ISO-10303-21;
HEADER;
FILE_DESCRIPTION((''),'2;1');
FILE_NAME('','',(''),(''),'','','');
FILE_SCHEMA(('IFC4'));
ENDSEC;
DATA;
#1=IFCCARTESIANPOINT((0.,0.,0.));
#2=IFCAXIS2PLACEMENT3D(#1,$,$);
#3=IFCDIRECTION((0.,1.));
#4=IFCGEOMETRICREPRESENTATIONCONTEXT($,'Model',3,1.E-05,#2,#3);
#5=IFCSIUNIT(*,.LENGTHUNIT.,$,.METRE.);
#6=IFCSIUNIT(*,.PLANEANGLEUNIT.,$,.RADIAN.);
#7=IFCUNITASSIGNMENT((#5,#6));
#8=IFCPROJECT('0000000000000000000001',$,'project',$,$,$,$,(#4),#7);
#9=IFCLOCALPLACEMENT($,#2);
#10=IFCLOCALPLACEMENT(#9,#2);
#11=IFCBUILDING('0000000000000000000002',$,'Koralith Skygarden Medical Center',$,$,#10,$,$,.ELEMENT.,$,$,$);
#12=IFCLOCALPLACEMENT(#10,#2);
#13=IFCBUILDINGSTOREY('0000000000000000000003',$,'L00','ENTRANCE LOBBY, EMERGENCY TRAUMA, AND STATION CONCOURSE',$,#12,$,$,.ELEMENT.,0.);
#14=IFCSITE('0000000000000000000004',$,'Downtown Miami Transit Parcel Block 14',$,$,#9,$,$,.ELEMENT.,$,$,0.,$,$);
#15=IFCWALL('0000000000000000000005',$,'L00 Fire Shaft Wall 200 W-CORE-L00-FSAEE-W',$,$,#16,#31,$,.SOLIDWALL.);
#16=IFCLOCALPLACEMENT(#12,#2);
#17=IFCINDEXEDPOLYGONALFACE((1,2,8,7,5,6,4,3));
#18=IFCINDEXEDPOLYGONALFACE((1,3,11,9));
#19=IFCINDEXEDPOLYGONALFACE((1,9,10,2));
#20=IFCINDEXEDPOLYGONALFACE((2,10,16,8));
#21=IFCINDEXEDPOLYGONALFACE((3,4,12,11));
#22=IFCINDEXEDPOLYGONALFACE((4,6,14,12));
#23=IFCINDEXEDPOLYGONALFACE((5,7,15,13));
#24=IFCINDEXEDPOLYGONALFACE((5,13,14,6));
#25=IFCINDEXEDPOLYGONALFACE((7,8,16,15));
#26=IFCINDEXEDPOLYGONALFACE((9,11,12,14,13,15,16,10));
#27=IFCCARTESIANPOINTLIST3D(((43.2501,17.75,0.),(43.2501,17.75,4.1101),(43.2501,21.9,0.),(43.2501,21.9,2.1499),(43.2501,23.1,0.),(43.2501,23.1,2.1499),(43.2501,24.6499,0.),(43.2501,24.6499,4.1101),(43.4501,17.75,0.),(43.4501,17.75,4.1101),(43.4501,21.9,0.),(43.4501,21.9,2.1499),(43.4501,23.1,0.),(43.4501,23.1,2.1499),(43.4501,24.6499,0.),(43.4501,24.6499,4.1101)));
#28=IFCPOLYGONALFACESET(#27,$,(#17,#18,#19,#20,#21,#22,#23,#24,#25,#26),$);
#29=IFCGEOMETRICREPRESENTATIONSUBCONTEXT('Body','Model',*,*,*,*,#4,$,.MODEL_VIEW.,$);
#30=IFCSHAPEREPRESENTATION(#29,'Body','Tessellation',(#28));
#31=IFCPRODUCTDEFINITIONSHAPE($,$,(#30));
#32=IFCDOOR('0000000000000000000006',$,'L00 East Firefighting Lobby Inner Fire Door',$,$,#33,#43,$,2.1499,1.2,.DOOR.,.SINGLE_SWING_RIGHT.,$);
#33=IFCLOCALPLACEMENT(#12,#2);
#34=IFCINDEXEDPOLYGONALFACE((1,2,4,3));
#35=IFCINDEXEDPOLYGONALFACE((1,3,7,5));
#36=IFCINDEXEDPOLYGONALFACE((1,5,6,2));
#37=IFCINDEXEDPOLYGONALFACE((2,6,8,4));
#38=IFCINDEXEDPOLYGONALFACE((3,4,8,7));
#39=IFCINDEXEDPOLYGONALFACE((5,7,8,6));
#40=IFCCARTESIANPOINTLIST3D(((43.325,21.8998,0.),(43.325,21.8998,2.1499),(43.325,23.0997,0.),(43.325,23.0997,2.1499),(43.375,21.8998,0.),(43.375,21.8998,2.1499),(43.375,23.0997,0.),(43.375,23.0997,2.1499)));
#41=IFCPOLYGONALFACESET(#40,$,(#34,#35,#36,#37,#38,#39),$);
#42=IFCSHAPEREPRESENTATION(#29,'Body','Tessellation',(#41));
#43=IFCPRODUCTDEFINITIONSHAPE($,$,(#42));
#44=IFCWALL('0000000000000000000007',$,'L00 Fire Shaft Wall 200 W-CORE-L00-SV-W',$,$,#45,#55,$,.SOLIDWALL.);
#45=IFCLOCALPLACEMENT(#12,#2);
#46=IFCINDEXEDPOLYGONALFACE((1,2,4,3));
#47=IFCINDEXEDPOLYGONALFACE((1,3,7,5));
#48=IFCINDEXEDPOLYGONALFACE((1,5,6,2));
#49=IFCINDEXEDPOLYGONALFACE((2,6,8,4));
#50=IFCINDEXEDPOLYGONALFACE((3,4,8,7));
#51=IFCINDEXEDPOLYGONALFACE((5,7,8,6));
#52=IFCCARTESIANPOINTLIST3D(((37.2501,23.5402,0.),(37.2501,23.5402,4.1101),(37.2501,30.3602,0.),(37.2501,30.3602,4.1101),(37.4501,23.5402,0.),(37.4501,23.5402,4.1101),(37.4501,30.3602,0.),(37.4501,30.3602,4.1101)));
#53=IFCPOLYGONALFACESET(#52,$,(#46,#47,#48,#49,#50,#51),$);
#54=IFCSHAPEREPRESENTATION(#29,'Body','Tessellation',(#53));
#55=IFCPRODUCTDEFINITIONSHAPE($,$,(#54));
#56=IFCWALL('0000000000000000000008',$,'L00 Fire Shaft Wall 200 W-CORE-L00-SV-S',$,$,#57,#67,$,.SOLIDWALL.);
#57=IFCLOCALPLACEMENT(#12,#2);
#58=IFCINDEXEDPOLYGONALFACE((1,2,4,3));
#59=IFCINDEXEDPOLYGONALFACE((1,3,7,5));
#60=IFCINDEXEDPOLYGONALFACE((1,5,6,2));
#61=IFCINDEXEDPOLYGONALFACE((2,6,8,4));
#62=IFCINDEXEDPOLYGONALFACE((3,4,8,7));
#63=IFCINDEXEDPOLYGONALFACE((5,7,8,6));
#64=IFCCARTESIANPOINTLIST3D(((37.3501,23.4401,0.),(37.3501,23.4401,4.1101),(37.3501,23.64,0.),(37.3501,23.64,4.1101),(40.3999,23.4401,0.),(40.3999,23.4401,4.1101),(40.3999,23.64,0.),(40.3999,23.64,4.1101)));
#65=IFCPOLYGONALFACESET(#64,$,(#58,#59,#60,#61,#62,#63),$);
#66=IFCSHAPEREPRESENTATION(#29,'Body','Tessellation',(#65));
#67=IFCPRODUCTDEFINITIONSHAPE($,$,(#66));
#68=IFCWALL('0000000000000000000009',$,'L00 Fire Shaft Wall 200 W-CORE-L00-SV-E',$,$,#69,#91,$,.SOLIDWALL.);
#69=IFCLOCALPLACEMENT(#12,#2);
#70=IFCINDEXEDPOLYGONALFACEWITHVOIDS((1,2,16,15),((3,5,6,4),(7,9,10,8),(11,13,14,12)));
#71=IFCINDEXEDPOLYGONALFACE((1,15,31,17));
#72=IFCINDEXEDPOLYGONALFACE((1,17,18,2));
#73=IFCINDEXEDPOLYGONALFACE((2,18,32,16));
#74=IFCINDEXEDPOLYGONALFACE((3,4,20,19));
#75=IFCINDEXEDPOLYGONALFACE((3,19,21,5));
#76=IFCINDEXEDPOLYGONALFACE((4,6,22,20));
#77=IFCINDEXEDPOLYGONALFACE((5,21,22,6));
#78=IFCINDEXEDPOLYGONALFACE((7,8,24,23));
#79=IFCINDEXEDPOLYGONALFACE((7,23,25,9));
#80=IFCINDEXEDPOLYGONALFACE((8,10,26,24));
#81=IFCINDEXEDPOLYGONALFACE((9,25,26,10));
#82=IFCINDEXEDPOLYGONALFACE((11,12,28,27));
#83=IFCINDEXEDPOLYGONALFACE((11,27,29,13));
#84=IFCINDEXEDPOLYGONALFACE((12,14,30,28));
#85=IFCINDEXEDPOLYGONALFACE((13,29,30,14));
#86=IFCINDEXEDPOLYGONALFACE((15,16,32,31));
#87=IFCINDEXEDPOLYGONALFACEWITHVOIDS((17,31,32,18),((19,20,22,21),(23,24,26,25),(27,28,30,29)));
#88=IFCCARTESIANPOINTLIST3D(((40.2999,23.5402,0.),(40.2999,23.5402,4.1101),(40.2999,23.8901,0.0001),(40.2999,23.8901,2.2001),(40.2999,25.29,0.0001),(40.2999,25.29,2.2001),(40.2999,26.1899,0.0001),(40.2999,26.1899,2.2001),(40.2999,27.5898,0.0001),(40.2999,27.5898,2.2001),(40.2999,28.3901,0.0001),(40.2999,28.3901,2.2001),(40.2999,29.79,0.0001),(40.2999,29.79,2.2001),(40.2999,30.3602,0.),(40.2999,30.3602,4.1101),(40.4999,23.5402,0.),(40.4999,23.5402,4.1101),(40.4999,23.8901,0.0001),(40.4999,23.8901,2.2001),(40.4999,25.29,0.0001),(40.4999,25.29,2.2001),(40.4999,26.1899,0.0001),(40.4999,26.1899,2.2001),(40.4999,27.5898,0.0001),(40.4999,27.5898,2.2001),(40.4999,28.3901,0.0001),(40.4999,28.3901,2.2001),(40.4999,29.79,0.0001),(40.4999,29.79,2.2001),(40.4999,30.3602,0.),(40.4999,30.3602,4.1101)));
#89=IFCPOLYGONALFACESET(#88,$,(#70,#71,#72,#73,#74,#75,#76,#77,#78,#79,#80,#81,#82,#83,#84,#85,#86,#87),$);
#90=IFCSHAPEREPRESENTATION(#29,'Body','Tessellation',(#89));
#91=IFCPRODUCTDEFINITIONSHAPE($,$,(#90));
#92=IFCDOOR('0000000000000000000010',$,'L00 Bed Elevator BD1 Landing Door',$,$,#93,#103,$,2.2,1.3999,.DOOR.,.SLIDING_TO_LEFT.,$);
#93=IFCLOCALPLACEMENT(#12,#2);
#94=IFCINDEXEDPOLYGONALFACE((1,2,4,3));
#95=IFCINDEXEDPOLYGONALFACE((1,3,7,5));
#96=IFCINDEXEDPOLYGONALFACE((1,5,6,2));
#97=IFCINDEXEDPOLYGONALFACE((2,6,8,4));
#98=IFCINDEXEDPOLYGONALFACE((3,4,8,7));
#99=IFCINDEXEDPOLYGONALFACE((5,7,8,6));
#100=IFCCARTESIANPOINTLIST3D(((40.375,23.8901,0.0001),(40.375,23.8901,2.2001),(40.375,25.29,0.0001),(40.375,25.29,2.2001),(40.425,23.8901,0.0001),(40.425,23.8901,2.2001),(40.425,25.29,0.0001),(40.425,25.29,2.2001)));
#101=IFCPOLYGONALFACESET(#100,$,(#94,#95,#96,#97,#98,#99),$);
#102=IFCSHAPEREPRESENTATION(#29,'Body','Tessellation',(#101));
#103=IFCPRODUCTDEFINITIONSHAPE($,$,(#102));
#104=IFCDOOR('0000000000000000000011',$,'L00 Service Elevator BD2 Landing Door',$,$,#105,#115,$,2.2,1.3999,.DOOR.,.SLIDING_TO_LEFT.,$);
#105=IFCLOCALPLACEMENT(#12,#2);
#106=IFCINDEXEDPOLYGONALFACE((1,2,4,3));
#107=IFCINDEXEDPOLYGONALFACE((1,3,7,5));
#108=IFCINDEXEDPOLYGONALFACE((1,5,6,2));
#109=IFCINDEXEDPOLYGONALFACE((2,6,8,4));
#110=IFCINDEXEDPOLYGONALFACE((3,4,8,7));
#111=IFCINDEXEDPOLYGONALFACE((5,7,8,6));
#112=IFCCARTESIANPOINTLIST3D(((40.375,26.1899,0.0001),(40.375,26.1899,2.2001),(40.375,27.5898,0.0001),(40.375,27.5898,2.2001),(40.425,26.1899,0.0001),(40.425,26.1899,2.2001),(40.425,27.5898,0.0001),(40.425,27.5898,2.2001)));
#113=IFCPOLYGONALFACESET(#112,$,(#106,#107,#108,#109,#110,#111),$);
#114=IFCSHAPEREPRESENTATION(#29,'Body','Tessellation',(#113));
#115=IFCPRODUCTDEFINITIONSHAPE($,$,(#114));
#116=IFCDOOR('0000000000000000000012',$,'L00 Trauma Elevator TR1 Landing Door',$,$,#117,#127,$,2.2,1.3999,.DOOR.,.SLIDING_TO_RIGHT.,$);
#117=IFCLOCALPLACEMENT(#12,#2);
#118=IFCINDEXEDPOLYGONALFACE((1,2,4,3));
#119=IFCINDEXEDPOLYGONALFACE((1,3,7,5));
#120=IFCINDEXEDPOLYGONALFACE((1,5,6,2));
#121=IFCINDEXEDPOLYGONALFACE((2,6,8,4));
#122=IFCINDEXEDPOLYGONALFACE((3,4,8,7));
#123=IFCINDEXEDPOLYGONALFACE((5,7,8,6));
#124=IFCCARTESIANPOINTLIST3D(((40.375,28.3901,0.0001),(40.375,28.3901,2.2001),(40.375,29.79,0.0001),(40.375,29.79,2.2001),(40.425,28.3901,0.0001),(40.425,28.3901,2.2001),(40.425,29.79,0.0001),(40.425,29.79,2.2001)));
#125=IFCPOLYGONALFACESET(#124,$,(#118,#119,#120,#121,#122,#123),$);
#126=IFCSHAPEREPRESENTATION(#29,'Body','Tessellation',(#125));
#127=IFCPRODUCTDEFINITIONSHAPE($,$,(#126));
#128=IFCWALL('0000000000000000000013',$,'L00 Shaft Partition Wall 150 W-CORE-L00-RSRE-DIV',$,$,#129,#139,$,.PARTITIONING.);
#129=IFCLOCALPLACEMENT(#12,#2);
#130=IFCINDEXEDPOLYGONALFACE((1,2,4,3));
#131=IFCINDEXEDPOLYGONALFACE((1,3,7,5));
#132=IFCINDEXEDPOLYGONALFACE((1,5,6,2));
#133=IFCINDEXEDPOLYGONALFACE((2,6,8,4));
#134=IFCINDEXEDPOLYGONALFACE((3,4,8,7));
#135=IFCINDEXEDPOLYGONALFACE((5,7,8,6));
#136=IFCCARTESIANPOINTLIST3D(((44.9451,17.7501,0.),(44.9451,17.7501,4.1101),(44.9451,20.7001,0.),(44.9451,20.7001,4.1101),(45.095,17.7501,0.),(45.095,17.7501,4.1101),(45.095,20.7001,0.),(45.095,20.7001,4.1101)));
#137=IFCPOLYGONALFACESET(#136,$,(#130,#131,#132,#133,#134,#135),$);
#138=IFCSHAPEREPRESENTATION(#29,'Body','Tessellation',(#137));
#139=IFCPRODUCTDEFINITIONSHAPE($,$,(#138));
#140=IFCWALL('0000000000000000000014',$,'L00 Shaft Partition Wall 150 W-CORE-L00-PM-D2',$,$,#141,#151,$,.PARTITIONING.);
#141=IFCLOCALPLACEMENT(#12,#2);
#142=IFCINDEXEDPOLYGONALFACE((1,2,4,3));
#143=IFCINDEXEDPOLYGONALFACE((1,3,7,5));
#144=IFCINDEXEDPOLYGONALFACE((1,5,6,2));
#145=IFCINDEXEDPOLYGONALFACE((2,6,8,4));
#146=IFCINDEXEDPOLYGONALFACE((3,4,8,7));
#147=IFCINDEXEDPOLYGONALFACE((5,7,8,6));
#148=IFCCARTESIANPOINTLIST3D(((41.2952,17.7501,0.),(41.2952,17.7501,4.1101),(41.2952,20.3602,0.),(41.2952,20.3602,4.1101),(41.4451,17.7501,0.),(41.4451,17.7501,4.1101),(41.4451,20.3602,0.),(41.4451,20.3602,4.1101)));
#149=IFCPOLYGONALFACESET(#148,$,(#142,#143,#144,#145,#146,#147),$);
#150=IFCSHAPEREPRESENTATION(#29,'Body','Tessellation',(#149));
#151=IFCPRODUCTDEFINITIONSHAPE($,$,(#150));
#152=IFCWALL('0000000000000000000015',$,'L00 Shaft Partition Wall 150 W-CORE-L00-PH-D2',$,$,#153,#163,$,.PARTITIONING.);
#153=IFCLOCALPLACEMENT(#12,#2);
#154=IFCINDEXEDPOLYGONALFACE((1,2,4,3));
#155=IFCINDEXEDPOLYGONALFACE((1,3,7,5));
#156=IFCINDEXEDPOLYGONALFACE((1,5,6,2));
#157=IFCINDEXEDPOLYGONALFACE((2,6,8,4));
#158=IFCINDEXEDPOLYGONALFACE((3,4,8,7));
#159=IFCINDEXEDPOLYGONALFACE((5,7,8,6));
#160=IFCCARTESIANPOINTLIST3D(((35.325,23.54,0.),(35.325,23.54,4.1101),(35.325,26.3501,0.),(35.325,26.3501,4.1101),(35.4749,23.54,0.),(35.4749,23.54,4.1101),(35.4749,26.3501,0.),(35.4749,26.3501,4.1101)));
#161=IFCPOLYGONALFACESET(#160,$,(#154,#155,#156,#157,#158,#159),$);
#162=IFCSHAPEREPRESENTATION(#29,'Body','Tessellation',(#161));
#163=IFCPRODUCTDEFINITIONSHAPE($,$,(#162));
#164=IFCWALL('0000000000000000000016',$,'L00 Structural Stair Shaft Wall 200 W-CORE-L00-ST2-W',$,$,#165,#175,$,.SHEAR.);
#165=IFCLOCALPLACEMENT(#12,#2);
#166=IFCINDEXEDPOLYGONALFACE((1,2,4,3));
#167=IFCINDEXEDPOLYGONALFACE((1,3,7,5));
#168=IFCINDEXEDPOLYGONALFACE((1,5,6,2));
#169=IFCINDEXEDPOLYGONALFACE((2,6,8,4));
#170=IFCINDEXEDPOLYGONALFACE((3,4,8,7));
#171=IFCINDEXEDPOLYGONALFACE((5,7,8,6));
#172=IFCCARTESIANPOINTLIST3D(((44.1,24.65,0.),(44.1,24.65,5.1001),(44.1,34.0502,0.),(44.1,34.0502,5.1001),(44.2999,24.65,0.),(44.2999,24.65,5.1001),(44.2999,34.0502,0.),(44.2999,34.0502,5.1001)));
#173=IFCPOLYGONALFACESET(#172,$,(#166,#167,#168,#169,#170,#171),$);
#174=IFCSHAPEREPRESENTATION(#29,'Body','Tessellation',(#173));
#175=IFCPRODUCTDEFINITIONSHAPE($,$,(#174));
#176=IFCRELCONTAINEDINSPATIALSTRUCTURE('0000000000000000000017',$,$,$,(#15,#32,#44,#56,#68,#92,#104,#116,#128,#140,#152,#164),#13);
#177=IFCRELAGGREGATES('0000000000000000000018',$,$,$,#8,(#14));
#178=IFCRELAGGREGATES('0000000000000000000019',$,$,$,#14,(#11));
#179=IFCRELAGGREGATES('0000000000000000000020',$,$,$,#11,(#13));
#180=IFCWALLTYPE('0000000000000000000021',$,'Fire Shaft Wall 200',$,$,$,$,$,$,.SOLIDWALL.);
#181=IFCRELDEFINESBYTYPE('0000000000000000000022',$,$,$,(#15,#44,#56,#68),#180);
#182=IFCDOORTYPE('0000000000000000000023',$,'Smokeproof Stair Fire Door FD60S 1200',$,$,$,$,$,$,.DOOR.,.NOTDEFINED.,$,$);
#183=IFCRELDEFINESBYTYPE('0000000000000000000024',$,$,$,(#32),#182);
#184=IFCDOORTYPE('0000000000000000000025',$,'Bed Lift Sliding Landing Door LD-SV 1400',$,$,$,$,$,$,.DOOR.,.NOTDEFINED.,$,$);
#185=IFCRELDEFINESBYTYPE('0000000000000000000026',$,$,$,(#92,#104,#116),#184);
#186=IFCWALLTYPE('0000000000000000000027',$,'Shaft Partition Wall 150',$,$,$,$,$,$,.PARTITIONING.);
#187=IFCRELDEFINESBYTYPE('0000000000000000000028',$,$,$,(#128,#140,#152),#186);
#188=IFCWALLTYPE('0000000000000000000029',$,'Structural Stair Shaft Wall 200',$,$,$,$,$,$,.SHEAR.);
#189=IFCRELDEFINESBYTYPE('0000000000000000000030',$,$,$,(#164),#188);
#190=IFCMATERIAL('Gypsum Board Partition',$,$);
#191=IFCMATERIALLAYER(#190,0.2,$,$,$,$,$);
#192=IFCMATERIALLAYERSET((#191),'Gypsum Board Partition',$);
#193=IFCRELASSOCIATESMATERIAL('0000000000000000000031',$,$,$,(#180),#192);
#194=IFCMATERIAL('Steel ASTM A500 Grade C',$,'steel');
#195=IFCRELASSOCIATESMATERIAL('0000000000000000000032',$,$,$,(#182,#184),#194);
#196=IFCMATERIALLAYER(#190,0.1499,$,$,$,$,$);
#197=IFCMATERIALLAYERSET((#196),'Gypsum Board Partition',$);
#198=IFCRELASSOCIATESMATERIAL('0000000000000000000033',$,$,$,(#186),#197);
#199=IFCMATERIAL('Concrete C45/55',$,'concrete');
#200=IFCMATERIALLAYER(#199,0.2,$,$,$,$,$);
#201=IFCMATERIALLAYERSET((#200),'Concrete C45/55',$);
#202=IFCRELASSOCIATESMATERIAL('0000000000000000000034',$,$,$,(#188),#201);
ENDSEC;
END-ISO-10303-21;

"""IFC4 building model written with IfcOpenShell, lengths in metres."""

from ifc_helpers import new_model, si_unit, direction, frame, frame_2d, origin, place, context, subcontext, project, spatial, rectangle, extrude, material, layer, layer_set, type_object, element, fill, save


model = new_model("IFC4")

# Units and contexts
model_context = context("Model", 3, precision=1e-05, world=origin(), true_north=direction((0.0, 1.0)))
body_context = subcontext(model_context, "Body", "Model", "MODEL_VIEW")
ifc_project = project(units=[si_unit("LENGTHUNIT", "METRE"), si_unit("PLANEANGLEUNIT", "RADIAN")], contexts=[model_context])

# Site, building, storey
site_placement = place(None, origin())
site = spatial("IfcSite", under=ifc_project, at=site_placement, Name="Downtown Miami Transit Parcel Block 14", CompositionType="ELEMENT", RefElevation=0.0)
building_placement = place(site_placement, origin())
building = spatial("IfcBuilding", under=site, at=building_placement, Name="Koralith Skygarden Medical Center", CompositionType="ELEMENT")
storey_placement = place(building_placement, origin())
storey = spatial("IfcBuildingStorey", under=building, at=storey_placement, Name="L00", Description="ENTRANCE LOBBY, EMERGENCY TRAUMA, AND STATION CONCOURSE", CompositionType="ELEMENT", Elevation=0.0)

# Wall, opening, door
ifc_material_1 = material(Name="Gypsum Board Partition")
ifc_layer_1 = layer(ifc_material_1, 0.2)
ifc_layer_set_1 = layer_set([ifc_layer_1], Name="Gypsum Board Partition")
wall_type_1 = type_object("IfcWallType", Name="Fire Shaft Wall 200", PredefinedType="SOLIDWALL", material=ifc_layer_set_1)
ifc_material_2 = material(Name="Steel ASTM A500 Grade C", Category="steel")
wall_1_placement = place(storey_placement, frame((43.3501, 17.75, 0.0), z_axis=(0.0, 0.0, 1.0), x_axis=(0.0, 1.0, 0.0)))
wall_1 = element("IfcWall", 1, at=wall_1_placement, inside=storey, type_object=wall_type_1, Name="L00 Fire Shaft Wall 200 W-CORE-L00-FSAEE-W", PredefinedType="SOLIDWALL", context=body_context, shape_type="SweptSolid", body=[
    extrude(rectangle(XDim=6.8999, YDim=0.2, at=frame_2d((3.45, 0.0))), origin(), (0.0, 0.0, 1.0), 4.1101),
])
opening_1_placement = place(wall_1_placement, frame((4.1499, 0.0, 0.0)))
opening_1 = element("IfcOpeningElement", 2, at=opening_1_placement, cuts=wall_1, PredefinedType="OPENING", context=body_context, shape_type="SweptSolid", body=[
    extrude(rectangle(XDim=1.2, YDim=2.1499, at=frame_2d((0.6001, 1.075))), frame((0.0, 0.1099, 0.0), z_axis=(0.0, -1.0, 0.0), x_axis=(1.0, 0.0, 0.0)), (0.0, 0.0, 1.0), 0.22),
])
door_type_1 = type_object("IfcDoorType", Name="Smokeproof Stair Fire Door FD60S 1200", OperationType="NOTDEFINED", PredefinedType="DOOR", material=ifc_material_2)
door_1_placement = place(opening_1_placement, frame((1.2, 0.0, 0.0), z_axis=(0.0, 0.0, 1.0), x_axis=(-1.0, 0.0, 0.0)))
door_1 = element("IfcDoor", 3, at=door_1_placement, inside=storey, type_object=door_type_1, Name="L00 East Firefighting Lobby Inner Fire Door", OperationType="SINGLE_SWING_RIGHT", OverallHeight=2.1499, OverallWidth=1.2, PredefinedType="DOOR", context=body_context, shape_type="SweptSolid", body=[
    extrude(rectangle(XDim=1.2, YDim=2.1499, at=frame_2d((0.6001, 1.075))), frame((0.0, 0.0249, 0.0), z_axis=(0.0, -1.0, 0.0), x_axis=(1.0, 0.0, 0.0)), (0.0, 0.0, 1.0), 0.05),
])
fill(opening_1, door_1)

# Walls
wall_2_placement = place(storey_placement, frame((37.3501, 23.54, 0.0), z_axis=(0.0, 0.0, 1.0), x_axis=(0.0, 1.0, 0.0)))
element("IfcWall", 4, at=wall_2_placement, inside=storey, type_object=wall_type_1, Name="L00 Fire Shaft Wall 200 W-CORE-L00-SV-W", PredefinedType="SOLIDWALL", context=body_context, shape_type="SweptSolid", body=[
    extrude(rectangle(XDim=6.8201, YDim=0.2, at=frame_2d((3.4102, 0.0))), origin(), (0.0, 0.0, 1.0), 4.1101),
])
wall_3_placement = place(storey_placement, frame((37.3501, 23.54, 0.0), z_axis=(0.0, 0.0, 1.0), x_axis=(1.0, 0.0, 0.0)))
element("IfcWall", 5, at=wall_3_placement, inside=storey, type_object=wall_type_1, Name="L00 Fire Shaft Wall 200 W-CORE-L00-SV-S", PredefinedType="SOLIDWALL", context=body_context, shape_type="SweptSolid", body=[
    extrude(rectangle(XDim=3.0498, YDim=0.2, at=frame_2d((1.5249, 0.0))), origin(), (0.0, 0.0, 1.0), 4.1101),
])

# Wall, openings, doors
wall_4_placement = place(storey_placement, frame((40.3999, 23.54, 0.0), z_axis=(0.0, 0.0, 1.0), x_axis=(0.0, 1.0, 0.0)))
wall_4 = element("IfcWall", 6, at=wall_4_placement, inside=storey, type_object=wall_type_1, Name="L00 Fire Shaft Wall 200 W-CORE-L00-SV-E", PredefinedType="SOLIDWALL", context=body_context, shape_type="SweptSolid", body=[
    extrude(rectangle(XDim=6.8201, YDim=0.2, at=frame_2d((3.4102, 0.0))), origin(), (0.0, 0.0, 1.0), 4.1101),
])
opening_2_placement = place(wall_4_placement, frame((0.3501, 0.0, 0.0)))
opening_2 = element("IfcOpeningElement", 7, at=opening_2_placement, cuts=wall_4, PredefinedType="OPENING", context=body_context, shape_type="SweptSolid", body=[
    extrude(rectangle(XDim=1.3999, YDim=2.2, at=frame_2d((0.7, 1.1001))), frame((0.0, 0.1099, 0.0), z_axis=(0.0, -1.0, 0.0), x_axis=(1.0, 0.0, 0.0)), (0.0, 0.0, 1.0), 0.22),
])
opening_3_placement = place(wall_4_placement, frame((2.6499, 0.0, 0.0)))
opening_3 = element("IfcOpeningElement", 8, at=opening_3_placement, cuts=wall_4, PredefinedType="OPENING", context=body_context, shape_type="SweptSolid", body=[
    extrude(rectangle(XDim=1.3999, YDim=2.2, at=frame_2d((0.7, 1.1001))), frame((0.0, 0.1099, 0.0), z_axis=(0.0, -1.0, 0.0), x_axis=(1.0, 0.0, 0.0)), (0.0, 0.0, 1.0), 0.22),
])
opening_4_placement = place(wall_4_placement, frame((4.8501, 0.0, 0.0)))
opening_4 = element("IfcOpeningElement", 9, at=opening_4_placement, cuts=wall_4, PredefinedType="OPENING", context=body_context, shape_type="SweptSolid", body=[
    extrude(rectangle(XDim=1.3999, YDim=2.2, at=frame_2d((0.7, 1.1001))), frame((0.0, 0.1099, 0.0), z_axis=(0.0, -1.0, 0.0), x_axis=(1.0, 0.0, 0.0)), (0.0, 0.0, 1.0), 0.22),
])
door_type_2 = type_object("IfcDoorType", Name="Bed Lift Sliding Landing Door LD-SV 1400", OperationType="NOTDEFINED", PredefinedType="DOOR", material=ifc_material_2)
door_2_placement = place(opening_2_placement, origin())
door_2 = element("IfcDoor", 10, at=door_2_placement, inside=storey, type_object=door_type_2, Name="L00 Bed Elevator BD1 Landing Door", OperationType="SLIDING_TO_LEFT", OverallHeight=2.2, OverallWidth=1.3999, PredefinedType="DOOR", context=body_context, shape_type="SweptSolid", body=[
    extrude(rectangle(XDim=1.3999, YDim=2.2, at=frame_2d((0.7, 1.1001))), frame((0.0, 0.0249, 0.0), z_axis=(0.0, -1.0, 0.0), x_axis=(1.0, 0.0, 0.0)), (0.0, 0.0, 1.0), 0.05),
])
fill(opening_2, door_2)
door_3_placement = place(opening_3_placement, origin())
door_3 = element("IfcDoor", 11, at=door_3_placement, inside=storey, type_object=door_type_2, Name="L00 Service Elevator BD2 Landing Door", OperationType="SLIDING_TO_LEFT", OverallHeight=2.2, OverallWidth=1.3999, PredefinedType="DOOR", context=body_context, shape_type="SweptSolid", body=[
    extrude(rectangle(XDim=1.3999, YDim=2.2, at=frame_2d((0.7, 1.1001))), frame((0.0, 0.0249, 0.0), z_axis=(0.0, -1.0, 0.0), x_axis=(1.0, 0.0, 0.0)), (0.0, 0.0, 1.0), 0.05),
])
fill(opening_3, door_3)
door_4_placement = place(opening_4_placement, origin())
door_4 = element("IfcDoor", 12, at=door_4_placement, inside=storey, type_object=door_type_2, Name="L00 Trauma Elevator TR1 Landing Door", OperationType="SLIDING_TO_RIGHT", OverallHeight=2.2, OverallWidth=1.3999, PredefinedType="DOOR", context=body_context, shape_type="SweptSolid", body=[
    extrude(rectangle(XDim=1.3999, YDim=2.2, at=frame_2d((0.7, 1.1001))), frame((0.0, 0.0249, 0.0), z_axis=(0.0, -1.0, 0.0), x_axis=(1.0, 0.0, 0.0)), (0.0, 0.0, 1.0), 0.05),
])
fill(opening_4, door_4)

# Walls
ifc_layer_2 = layer(ifc_material_1, 0.1499)
ifc_layer_set_2 = layer_set([ifc_layer_2], Name="Gypsum Board Partition")
wall_type_2 = type_object("IfcWallType", Name="Shaft Partition Wall 150", PredefinedType="PARTITIONING", material=ifc_layer_set_2)
wall_5_placement = place(storey_placement, frame((45.02, 17.75, 0.0), z_axis=(0.0, 0.0, 1.0), x_axis=(0.0, 1.0, 0.0)))
element("IfcWall", 13, at=wall_5_placement, inside=storey, type_object=wall_type_2, Name="L00 Shaft Partition Wall 150 W-CORE-L00-RSRE-DIV", PredefinedType="PARTITIONING", context=body_context, shape_type="SweptSolid", body=[
    extrude(rectangle(XDim=2.95, YDim=0.1499, at=frame_2d((1.4751, 0.0))), origin(), (0.0, 0.0, 1.0), 4.1101),
])
wall_6_placement = place(storey_placement, frame((41.3701, 17.75, 0.0), z_axis=(0.0, 0.0, 1.0), x_axis=(0.0, 1.0, 0.0)))
element("IfcWall", 14, at=wall_6_placement, inside=storey, type_object=wall_type_2, Name="L00 Shaft Partition Wall 150 W-CORE-L00-PM-D2", PredefinedType="PARTITIONING", context=body_context, shape_type="SweptSolid", body=[
    extrude(rectangle(XDim=2.6101, YDim=0.1499, at=frame_2d((1.3052, 0.0))), origin(), (0.0, 0.0, 1.0), 4.1101),
])
wall_7_placement = place(storey_placement, frame((35.3999, 23.54, 0.0), z_axis=(0.0, 0.0, 1.0), x_axis=(0.0, 1.0, 0.0)))
element("IfcWall", 15, at=wall_7_placement, inside=storey, type_object=wall_type_2, Name="L00 Shaft Partition Wall 150 W-CORE-L00-PH-D2", PredefinedType="PARTITIONING", context=body_context, shape_type="SweptSolid", body=[
    extrude(rectangle(XDim=2.8101, YDim=0.1499, at=frame_2d((1.405, 0.0))), origin(), (0.0, 0.0, 1.0), 4.1101),
])
ifc_material_3 = material(Name="Concrete C45/55", Category="concrete")
ifc_layer_3 = layer(ifc_material_3, 0.2)
ifc_layer_set_3 = layer_set([ifc_layer_3], Name="Concrete C45/55")
wall_type_3 = type_object("IfcWallType", Name="Structural Stair Shaft Wall 200", PredefinedType="SHEAR", material=ifc_layer_set_3)
wall_8_placement = place(storey_placement, frame((44.2, 24.6499, 0.0), z_axis=(0.0, 0.0, 1.0), x_axis=(0.0, 1.0, 0.0)))
element("IfcWall", 16, at=wall_8_placement, inside=storey, type_object=wall_type_3, Name="L00 Structural Stair Shaft Wall 200 W-CORE-L00-ST2-W", PredefinedType="SHEAR", context=body_context, shape_type="SweptSolid", body=[
    extrude(rectangle(XDim=9.4001, YDim=0.2, at=frame_2d((4.7002, 0.0))), origin(), (0.0, 0.0, 1.0), 5.1001),
])

save(model, "model.ifc")
